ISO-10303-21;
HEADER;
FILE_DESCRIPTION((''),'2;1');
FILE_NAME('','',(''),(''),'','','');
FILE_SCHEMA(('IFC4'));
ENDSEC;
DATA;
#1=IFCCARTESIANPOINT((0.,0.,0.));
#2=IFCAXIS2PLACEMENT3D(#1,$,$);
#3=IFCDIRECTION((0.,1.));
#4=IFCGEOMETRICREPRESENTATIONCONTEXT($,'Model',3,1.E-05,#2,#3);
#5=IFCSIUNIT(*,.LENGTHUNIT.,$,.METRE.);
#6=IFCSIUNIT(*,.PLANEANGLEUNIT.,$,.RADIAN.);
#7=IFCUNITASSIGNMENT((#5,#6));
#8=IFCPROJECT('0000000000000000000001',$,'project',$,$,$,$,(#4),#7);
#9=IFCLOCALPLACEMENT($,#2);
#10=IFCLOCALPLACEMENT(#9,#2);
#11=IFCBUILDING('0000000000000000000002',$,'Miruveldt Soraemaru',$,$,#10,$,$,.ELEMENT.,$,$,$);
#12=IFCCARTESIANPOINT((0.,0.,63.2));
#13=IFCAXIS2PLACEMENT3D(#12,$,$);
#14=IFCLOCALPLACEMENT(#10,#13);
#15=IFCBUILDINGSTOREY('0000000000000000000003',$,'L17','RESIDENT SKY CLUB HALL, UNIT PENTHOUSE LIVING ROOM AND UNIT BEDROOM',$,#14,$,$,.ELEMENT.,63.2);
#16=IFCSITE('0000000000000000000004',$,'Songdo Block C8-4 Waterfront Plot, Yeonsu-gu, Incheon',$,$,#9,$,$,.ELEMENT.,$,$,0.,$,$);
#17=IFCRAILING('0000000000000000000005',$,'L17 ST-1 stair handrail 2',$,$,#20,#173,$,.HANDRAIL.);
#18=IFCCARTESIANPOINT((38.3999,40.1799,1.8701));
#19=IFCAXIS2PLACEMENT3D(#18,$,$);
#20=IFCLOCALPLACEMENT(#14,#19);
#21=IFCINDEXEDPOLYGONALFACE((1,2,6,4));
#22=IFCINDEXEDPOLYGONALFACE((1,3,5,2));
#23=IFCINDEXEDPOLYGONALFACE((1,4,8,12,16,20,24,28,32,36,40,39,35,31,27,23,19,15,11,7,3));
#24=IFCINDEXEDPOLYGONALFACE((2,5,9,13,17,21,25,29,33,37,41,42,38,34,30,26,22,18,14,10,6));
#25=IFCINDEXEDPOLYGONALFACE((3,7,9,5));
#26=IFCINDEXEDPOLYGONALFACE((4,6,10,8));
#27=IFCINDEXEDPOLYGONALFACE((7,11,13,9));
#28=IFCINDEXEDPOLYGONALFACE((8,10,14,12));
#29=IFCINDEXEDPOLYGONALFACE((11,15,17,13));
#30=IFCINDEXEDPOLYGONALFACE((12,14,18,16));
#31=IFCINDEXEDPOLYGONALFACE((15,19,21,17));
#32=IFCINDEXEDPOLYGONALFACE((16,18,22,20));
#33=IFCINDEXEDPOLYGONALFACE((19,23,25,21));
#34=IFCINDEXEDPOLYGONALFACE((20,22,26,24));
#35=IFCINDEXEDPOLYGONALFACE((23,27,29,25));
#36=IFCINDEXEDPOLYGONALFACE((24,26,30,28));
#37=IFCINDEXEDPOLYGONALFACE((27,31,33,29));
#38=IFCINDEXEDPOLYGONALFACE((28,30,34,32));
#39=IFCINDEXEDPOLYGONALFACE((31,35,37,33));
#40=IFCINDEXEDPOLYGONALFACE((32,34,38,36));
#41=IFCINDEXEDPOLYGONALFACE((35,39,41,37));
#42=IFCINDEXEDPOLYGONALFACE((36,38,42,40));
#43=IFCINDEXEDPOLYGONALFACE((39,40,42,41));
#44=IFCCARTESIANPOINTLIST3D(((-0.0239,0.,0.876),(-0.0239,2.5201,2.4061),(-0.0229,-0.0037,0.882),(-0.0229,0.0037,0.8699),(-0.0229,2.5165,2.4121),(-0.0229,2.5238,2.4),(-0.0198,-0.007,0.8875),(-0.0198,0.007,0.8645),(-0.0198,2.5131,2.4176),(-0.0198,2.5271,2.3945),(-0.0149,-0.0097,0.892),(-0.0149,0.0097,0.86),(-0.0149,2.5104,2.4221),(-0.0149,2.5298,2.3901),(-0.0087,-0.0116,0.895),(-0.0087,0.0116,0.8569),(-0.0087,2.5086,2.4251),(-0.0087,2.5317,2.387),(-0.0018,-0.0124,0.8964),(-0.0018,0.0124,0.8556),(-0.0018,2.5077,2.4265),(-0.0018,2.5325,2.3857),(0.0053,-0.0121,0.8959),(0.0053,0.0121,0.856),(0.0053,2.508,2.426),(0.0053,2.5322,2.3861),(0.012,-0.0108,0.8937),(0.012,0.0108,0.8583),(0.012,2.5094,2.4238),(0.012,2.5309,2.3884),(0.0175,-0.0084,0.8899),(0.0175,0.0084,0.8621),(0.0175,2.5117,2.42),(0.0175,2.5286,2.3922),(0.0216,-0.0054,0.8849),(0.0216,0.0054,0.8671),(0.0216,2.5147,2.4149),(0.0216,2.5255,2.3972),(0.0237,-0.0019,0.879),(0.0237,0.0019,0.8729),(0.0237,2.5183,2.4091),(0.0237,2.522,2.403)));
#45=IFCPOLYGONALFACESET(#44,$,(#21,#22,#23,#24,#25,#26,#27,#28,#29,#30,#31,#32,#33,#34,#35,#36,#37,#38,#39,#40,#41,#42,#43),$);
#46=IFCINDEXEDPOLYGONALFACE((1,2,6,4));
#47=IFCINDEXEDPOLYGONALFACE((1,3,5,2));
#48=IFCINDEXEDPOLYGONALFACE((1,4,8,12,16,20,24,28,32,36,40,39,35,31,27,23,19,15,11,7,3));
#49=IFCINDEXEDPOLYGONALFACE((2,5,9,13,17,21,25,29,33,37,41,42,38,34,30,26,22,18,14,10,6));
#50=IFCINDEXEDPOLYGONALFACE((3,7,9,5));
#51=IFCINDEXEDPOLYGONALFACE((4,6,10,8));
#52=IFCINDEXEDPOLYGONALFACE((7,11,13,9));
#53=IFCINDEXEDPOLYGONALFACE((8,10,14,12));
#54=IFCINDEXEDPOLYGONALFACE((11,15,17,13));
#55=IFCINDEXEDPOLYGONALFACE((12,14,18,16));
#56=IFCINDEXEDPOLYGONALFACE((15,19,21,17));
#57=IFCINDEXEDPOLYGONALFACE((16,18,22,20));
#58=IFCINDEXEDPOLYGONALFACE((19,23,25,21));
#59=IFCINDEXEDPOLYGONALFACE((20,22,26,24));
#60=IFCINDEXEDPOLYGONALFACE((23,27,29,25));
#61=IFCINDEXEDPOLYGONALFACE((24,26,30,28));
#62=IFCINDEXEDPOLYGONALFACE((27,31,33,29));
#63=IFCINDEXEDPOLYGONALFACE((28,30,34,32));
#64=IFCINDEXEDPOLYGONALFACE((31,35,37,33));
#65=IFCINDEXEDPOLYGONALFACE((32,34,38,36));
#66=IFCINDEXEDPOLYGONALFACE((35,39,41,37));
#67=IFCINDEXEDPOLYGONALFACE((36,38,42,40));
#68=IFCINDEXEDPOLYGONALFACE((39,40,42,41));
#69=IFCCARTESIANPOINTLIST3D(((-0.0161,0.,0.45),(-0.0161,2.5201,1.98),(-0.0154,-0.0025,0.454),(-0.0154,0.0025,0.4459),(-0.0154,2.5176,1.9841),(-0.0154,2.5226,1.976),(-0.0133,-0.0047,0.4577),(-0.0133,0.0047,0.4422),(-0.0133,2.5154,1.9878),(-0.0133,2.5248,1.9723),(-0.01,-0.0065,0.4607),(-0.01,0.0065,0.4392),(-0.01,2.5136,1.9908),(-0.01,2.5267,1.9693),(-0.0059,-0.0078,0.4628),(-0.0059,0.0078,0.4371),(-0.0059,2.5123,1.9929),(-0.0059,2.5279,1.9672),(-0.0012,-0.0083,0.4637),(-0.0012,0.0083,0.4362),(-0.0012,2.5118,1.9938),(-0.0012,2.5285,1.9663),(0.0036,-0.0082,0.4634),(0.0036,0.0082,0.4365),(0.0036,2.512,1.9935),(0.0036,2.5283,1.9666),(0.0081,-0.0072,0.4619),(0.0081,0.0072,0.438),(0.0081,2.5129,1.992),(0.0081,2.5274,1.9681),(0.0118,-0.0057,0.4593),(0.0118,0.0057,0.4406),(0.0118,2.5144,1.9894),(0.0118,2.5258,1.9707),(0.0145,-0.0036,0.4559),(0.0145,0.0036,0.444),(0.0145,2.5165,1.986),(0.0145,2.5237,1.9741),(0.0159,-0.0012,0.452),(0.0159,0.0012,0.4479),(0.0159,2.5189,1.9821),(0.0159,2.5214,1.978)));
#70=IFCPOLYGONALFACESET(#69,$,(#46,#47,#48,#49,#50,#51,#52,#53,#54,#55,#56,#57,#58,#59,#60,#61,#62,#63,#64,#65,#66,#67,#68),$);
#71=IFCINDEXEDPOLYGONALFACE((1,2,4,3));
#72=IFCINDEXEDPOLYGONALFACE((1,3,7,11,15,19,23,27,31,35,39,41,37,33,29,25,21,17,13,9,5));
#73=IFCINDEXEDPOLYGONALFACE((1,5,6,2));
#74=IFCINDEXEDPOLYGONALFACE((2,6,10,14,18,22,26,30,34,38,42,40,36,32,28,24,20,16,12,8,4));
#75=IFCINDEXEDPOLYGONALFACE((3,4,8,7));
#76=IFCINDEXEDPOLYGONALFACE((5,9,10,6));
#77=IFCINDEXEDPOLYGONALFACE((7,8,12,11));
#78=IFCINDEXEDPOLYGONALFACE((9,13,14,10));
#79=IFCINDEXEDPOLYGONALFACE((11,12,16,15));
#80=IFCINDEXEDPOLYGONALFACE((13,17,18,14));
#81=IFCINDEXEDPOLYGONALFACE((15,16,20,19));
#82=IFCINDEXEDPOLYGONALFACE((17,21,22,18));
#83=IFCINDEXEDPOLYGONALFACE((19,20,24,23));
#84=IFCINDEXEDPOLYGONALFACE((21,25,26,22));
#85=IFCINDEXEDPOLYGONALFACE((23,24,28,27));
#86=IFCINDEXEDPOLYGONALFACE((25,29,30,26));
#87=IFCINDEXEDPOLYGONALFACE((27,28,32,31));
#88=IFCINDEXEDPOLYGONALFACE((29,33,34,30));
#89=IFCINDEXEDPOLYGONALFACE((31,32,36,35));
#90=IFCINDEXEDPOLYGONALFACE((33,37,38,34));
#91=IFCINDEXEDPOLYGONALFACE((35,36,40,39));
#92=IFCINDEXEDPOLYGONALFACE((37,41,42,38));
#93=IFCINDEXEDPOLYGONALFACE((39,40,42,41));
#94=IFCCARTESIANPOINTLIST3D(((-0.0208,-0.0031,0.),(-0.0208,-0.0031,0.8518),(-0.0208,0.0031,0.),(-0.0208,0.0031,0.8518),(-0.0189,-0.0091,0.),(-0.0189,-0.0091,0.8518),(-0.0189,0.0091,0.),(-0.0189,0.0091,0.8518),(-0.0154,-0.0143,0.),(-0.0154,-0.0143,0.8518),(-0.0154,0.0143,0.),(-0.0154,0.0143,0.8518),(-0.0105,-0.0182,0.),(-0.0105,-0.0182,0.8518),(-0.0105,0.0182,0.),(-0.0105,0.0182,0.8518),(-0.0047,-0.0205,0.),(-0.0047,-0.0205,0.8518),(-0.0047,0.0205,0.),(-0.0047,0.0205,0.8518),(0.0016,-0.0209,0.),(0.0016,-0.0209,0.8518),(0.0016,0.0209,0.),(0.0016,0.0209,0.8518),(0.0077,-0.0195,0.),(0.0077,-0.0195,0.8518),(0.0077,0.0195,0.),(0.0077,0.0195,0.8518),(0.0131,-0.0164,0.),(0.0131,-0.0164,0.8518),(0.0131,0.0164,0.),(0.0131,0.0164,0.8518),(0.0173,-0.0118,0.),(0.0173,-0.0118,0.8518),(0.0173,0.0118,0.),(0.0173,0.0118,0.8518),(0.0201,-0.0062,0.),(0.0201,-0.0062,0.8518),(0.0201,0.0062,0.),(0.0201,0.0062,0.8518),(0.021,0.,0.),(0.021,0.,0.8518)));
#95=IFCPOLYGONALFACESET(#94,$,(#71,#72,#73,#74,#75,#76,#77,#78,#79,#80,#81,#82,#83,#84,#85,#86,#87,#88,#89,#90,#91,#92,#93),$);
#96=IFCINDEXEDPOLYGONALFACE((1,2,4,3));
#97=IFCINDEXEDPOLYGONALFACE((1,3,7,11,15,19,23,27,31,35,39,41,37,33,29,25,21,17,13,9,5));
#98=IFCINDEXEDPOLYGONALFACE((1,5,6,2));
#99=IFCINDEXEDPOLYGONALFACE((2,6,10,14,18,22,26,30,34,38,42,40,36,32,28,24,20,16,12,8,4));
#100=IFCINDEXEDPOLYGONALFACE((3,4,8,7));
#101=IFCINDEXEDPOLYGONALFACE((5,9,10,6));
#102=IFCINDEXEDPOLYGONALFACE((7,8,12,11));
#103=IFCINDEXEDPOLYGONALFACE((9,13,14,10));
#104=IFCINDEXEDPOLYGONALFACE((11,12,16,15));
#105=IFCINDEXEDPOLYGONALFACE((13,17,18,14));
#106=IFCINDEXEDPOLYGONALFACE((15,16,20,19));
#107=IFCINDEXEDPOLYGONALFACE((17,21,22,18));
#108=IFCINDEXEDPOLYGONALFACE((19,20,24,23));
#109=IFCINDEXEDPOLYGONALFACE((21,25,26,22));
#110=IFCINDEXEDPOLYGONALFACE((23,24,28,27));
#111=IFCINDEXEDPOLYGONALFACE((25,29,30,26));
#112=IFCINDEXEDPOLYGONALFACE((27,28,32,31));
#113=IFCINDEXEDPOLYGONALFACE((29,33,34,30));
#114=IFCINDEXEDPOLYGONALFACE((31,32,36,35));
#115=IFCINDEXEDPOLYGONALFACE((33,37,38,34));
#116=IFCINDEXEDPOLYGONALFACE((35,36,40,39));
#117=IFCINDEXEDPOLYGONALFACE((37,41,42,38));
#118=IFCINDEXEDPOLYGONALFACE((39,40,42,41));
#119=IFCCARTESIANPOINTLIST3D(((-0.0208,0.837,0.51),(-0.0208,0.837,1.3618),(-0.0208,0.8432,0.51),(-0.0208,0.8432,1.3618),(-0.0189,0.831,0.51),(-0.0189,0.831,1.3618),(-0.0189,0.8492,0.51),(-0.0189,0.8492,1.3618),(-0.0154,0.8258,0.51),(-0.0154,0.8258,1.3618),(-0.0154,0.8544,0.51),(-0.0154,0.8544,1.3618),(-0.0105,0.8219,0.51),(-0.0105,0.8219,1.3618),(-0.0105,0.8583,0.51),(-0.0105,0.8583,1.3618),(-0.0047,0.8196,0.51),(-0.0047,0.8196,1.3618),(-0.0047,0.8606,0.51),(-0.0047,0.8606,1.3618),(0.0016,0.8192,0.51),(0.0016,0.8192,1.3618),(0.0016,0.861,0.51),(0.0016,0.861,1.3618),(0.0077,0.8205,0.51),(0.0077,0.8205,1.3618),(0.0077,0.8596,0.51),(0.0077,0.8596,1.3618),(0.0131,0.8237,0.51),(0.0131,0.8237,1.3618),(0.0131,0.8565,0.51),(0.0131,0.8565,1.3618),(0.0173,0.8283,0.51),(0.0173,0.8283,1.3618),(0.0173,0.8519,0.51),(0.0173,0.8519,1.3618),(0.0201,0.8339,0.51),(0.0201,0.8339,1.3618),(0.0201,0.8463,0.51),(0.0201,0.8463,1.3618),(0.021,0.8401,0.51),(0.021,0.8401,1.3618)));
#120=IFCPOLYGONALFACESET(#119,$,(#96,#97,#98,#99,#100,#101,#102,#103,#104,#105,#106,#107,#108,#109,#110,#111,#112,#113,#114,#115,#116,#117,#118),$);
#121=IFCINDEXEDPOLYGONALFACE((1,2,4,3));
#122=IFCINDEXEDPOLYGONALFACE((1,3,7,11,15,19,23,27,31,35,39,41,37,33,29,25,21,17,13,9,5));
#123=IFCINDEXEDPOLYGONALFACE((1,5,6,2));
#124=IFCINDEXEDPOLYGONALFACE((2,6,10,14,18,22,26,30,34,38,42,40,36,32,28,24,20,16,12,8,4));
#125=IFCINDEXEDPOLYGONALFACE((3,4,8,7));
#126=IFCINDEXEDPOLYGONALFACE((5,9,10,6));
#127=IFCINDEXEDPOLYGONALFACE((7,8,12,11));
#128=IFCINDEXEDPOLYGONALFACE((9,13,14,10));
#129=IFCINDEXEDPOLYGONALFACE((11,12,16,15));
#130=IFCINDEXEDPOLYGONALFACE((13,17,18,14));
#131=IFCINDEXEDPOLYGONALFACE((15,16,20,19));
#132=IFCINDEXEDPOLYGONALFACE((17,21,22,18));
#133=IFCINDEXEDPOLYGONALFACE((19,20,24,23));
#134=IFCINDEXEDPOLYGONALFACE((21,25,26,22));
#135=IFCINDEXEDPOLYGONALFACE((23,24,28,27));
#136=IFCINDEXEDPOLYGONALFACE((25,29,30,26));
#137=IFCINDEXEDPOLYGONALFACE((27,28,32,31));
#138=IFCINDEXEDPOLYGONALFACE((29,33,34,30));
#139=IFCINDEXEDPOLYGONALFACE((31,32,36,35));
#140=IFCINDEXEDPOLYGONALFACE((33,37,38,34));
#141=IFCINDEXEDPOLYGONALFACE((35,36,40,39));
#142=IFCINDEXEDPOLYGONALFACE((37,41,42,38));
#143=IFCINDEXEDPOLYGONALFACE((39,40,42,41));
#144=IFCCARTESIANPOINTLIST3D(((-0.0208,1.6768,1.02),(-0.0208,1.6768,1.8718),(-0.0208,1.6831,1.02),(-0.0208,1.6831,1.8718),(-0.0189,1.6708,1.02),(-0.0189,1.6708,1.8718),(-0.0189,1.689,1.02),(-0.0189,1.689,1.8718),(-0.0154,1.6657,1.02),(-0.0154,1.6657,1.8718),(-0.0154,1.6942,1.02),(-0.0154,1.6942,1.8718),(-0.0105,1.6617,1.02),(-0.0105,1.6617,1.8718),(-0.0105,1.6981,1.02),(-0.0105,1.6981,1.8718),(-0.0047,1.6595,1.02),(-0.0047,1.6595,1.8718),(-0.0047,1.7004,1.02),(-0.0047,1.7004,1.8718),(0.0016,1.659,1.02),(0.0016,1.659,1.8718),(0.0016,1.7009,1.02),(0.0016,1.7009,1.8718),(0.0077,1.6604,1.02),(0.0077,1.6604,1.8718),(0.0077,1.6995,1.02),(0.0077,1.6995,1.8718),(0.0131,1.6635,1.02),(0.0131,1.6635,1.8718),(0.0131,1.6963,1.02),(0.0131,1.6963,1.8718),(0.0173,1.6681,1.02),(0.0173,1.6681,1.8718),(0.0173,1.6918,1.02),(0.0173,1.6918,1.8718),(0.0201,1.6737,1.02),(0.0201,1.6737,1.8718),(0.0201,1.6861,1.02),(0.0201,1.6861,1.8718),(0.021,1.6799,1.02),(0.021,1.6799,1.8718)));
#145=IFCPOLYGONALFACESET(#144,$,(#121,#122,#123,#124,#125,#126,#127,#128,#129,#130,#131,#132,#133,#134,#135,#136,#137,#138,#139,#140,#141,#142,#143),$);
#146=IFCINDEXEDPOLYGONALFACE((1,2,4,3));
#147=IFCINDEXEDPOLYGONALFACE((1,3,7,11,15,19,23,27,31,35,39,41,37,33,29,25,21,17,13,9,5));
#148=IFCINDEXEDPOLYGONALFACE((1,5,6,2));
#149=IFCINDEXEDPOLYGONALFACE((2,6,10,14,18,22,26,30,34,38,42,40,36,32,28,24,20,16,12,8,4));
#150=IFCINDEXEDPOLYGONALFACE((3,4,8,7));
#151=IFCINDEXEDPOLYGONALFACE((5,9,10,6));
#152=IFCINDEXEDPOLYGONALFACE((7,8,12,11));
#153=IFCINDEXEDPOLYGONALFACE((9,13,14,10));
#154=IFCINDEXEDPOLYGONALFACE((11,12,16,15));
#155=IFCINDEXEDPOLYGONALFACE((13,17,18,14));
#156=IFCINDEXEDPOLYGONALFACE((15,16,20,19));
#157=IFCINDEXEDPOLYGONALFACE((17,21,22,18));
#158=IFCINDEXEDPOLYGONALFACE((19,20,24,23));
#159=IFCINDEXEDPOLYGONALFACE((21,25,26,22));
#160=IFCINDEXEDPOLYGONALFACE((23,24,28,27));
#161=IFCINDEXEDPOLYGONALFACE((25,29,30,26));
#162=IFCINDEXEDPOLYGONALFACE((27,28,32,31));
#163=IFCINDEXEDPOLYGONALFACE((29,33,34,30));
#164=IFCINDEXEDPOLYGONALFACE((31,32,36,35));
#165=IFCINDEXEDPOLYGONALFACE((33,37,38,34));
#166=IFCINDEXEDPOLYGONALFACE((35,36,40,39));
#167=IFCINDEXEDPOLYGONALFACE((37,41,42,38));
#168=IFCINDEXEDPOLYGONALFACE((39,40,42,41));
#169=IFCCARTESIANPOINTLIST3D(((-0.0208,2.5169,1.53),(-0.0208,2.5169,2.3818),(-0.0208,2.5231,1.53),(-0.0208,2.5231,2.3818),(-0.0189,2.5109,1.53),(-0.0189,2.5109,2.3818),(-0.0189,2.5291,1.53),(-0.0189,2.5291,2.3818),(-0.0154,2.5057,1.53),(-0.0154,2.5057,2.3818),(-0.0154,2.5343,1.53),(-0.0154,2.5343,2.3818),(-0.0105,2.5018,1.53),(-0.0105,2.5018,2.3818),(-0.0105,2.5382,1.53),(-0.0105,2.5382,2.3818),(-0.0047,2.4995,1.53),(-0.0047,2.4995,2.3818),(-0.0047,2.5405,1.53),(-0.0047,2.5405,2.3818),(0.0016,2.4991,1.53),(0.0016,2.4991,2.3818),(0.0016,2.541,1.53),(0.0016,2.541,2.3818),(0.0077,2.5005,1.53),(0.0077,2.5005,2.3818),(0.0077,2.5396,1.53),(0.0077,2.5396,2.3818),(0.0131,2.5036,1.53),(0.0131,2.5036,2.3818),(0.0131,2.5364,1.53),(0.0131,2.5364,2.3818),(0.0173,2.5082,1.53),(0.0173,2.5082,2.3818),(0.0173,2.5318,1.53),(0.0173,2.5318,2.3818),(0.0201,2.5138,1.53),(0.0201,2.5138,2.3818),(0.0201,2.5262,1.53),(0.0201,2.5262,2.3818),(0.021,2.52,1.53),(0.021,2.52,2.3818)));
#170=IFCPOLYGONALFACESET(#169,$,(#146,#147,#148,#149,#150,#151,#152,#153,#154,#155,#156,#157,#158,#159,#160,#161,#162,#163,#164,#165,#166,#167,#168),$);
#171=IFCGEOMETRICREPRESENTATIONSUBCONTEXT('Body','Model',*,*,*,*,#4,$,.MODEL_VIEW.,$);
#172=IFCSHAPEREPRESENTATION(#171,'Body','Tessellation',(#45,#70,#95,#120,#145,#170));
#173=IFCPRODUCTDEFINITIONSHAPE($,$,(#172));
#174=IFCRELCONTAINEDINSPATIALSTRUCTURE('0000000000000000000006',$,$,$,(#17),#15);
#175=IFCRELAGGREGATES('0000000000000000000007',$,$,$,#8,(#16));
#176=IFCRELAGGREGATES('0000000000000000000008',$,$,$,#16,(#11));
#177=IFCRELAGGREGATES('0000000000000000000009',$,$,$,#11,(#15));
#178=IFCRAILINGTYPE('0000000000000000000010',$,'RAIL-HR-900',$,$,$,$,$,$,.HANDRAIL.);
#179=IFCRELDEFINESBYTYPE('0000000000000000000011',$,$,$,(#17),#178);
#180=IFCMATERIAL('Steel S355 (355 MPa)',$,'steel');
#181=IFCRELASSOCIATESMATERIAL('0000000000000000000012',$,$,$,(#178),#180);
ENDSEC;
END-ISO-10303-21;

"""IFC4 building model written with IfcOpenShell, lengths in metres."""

from ifc_helpers import new_model, si_unit, direction, frame, origin, origin_2d, place, context, subcontext, project, spatial, circle, extrude, material, type_object, element, save


model = new_model("IFC4")

# Units and contexts
model_context = context("Model", 3, precision=1e-05, world=origin(), true_north=direction((0.0, 1.0)))
body_context = subcontext(model_context, "Body", "Model", "MODEL_VIEW")
ifc_project = project(units=[si_unit("LENGTHUNIT", "METRE"), si_unit("PLANEANGLEUNIT", "RADIAN")], contexts=[model_context])

# Site, building, storey
site_placement = place(None, origin())
site = spatial("IfcSite", under=ifc_project, at=site_placement, Name="Songdo Block C8-4 Waterfront Plot, Yeonsu-gu, Incheon", CompositionType="ELEMENT", RefElevation=0.0)
building_placement = place(site_placement, origin())
building = spatial("IfcBuilding", under=site, at=building_placement, Name="Miruveldt Soraemaru", CompositionType="ELEMENT")
storey_placement = place(building_placement, frame((0.0, 0.0, 63.2)))
storey = spatial("IfcBuildingStorey", under=building, at=storey_placement, Name="L17", Description="RESIDENT SKY CLUB HALL, UNIT PENTHOUSE LIVING ROOM AND UNIT BEDROOM", CompositionType="ELEMENT", Elevation=63.2)

# Railing
ifc_material_1 = material(Name="Steel S355 (355 MPa)", Category="steel")
railing_type_1 = type_object("IfcRailingType", Name="RAIL-HR-900", PredefinedType="HANDRAIL", material=ifc_material_1)
railing_1_placement = place(storey_placement, frame((38.3999, 40.1799, 1.8701)))
element("IfcRailing", 1, at=railing_1_placement, inside=storey, type_object=railing_type_1, Name="L17 ST-1 stair handrail 2", PredefinedType="HANDRAIL", context=body_context, shape_type="SweptSolid", body=[
    extrude(circle(Radius=0.0239, at=origin_2d()), frame((0.0, 0.0, 0.876), z_axis=(0.0, 0.854785, 0.518982), x_axis=(-1.0, 0.0, 0.0)), (0.0, 0.0, 1.0), 2.9482),
    extrude(circle(Radius=0.0161, at=origin_2d()), frame((0.0, 0.0, 0.45), z_axis=(0.0, 0.854785, 0.518982), x_axis=(-1.0, 0.0, 0.0)), (0.0, 0.0, 1.0), 2.9482),
    extrude(circle(Radius=0.021, at=origin_2d()), origin(), (0.0, 0.0, 1.0), 0.8518),
    extrude(circle(Radius=0.021, at=origin_2d()), frame((0.0, 0.8401, 0.51)), (0.0, 0.0, 1.0), 0.8518),
    extrude(circle(Radius=0.021, at=origin_2d()), frame((0.0, 1.6799, 1.02)), (0.0, 0.0, 1.0), 0.8518),
    extrude(circle(Radius=0.021, at=origin_2d()), frame((0.0, 2.52, 1.53)), (0.0, 0.0, 1.0), 0.8518),
])

save(model, "model.ifc")
